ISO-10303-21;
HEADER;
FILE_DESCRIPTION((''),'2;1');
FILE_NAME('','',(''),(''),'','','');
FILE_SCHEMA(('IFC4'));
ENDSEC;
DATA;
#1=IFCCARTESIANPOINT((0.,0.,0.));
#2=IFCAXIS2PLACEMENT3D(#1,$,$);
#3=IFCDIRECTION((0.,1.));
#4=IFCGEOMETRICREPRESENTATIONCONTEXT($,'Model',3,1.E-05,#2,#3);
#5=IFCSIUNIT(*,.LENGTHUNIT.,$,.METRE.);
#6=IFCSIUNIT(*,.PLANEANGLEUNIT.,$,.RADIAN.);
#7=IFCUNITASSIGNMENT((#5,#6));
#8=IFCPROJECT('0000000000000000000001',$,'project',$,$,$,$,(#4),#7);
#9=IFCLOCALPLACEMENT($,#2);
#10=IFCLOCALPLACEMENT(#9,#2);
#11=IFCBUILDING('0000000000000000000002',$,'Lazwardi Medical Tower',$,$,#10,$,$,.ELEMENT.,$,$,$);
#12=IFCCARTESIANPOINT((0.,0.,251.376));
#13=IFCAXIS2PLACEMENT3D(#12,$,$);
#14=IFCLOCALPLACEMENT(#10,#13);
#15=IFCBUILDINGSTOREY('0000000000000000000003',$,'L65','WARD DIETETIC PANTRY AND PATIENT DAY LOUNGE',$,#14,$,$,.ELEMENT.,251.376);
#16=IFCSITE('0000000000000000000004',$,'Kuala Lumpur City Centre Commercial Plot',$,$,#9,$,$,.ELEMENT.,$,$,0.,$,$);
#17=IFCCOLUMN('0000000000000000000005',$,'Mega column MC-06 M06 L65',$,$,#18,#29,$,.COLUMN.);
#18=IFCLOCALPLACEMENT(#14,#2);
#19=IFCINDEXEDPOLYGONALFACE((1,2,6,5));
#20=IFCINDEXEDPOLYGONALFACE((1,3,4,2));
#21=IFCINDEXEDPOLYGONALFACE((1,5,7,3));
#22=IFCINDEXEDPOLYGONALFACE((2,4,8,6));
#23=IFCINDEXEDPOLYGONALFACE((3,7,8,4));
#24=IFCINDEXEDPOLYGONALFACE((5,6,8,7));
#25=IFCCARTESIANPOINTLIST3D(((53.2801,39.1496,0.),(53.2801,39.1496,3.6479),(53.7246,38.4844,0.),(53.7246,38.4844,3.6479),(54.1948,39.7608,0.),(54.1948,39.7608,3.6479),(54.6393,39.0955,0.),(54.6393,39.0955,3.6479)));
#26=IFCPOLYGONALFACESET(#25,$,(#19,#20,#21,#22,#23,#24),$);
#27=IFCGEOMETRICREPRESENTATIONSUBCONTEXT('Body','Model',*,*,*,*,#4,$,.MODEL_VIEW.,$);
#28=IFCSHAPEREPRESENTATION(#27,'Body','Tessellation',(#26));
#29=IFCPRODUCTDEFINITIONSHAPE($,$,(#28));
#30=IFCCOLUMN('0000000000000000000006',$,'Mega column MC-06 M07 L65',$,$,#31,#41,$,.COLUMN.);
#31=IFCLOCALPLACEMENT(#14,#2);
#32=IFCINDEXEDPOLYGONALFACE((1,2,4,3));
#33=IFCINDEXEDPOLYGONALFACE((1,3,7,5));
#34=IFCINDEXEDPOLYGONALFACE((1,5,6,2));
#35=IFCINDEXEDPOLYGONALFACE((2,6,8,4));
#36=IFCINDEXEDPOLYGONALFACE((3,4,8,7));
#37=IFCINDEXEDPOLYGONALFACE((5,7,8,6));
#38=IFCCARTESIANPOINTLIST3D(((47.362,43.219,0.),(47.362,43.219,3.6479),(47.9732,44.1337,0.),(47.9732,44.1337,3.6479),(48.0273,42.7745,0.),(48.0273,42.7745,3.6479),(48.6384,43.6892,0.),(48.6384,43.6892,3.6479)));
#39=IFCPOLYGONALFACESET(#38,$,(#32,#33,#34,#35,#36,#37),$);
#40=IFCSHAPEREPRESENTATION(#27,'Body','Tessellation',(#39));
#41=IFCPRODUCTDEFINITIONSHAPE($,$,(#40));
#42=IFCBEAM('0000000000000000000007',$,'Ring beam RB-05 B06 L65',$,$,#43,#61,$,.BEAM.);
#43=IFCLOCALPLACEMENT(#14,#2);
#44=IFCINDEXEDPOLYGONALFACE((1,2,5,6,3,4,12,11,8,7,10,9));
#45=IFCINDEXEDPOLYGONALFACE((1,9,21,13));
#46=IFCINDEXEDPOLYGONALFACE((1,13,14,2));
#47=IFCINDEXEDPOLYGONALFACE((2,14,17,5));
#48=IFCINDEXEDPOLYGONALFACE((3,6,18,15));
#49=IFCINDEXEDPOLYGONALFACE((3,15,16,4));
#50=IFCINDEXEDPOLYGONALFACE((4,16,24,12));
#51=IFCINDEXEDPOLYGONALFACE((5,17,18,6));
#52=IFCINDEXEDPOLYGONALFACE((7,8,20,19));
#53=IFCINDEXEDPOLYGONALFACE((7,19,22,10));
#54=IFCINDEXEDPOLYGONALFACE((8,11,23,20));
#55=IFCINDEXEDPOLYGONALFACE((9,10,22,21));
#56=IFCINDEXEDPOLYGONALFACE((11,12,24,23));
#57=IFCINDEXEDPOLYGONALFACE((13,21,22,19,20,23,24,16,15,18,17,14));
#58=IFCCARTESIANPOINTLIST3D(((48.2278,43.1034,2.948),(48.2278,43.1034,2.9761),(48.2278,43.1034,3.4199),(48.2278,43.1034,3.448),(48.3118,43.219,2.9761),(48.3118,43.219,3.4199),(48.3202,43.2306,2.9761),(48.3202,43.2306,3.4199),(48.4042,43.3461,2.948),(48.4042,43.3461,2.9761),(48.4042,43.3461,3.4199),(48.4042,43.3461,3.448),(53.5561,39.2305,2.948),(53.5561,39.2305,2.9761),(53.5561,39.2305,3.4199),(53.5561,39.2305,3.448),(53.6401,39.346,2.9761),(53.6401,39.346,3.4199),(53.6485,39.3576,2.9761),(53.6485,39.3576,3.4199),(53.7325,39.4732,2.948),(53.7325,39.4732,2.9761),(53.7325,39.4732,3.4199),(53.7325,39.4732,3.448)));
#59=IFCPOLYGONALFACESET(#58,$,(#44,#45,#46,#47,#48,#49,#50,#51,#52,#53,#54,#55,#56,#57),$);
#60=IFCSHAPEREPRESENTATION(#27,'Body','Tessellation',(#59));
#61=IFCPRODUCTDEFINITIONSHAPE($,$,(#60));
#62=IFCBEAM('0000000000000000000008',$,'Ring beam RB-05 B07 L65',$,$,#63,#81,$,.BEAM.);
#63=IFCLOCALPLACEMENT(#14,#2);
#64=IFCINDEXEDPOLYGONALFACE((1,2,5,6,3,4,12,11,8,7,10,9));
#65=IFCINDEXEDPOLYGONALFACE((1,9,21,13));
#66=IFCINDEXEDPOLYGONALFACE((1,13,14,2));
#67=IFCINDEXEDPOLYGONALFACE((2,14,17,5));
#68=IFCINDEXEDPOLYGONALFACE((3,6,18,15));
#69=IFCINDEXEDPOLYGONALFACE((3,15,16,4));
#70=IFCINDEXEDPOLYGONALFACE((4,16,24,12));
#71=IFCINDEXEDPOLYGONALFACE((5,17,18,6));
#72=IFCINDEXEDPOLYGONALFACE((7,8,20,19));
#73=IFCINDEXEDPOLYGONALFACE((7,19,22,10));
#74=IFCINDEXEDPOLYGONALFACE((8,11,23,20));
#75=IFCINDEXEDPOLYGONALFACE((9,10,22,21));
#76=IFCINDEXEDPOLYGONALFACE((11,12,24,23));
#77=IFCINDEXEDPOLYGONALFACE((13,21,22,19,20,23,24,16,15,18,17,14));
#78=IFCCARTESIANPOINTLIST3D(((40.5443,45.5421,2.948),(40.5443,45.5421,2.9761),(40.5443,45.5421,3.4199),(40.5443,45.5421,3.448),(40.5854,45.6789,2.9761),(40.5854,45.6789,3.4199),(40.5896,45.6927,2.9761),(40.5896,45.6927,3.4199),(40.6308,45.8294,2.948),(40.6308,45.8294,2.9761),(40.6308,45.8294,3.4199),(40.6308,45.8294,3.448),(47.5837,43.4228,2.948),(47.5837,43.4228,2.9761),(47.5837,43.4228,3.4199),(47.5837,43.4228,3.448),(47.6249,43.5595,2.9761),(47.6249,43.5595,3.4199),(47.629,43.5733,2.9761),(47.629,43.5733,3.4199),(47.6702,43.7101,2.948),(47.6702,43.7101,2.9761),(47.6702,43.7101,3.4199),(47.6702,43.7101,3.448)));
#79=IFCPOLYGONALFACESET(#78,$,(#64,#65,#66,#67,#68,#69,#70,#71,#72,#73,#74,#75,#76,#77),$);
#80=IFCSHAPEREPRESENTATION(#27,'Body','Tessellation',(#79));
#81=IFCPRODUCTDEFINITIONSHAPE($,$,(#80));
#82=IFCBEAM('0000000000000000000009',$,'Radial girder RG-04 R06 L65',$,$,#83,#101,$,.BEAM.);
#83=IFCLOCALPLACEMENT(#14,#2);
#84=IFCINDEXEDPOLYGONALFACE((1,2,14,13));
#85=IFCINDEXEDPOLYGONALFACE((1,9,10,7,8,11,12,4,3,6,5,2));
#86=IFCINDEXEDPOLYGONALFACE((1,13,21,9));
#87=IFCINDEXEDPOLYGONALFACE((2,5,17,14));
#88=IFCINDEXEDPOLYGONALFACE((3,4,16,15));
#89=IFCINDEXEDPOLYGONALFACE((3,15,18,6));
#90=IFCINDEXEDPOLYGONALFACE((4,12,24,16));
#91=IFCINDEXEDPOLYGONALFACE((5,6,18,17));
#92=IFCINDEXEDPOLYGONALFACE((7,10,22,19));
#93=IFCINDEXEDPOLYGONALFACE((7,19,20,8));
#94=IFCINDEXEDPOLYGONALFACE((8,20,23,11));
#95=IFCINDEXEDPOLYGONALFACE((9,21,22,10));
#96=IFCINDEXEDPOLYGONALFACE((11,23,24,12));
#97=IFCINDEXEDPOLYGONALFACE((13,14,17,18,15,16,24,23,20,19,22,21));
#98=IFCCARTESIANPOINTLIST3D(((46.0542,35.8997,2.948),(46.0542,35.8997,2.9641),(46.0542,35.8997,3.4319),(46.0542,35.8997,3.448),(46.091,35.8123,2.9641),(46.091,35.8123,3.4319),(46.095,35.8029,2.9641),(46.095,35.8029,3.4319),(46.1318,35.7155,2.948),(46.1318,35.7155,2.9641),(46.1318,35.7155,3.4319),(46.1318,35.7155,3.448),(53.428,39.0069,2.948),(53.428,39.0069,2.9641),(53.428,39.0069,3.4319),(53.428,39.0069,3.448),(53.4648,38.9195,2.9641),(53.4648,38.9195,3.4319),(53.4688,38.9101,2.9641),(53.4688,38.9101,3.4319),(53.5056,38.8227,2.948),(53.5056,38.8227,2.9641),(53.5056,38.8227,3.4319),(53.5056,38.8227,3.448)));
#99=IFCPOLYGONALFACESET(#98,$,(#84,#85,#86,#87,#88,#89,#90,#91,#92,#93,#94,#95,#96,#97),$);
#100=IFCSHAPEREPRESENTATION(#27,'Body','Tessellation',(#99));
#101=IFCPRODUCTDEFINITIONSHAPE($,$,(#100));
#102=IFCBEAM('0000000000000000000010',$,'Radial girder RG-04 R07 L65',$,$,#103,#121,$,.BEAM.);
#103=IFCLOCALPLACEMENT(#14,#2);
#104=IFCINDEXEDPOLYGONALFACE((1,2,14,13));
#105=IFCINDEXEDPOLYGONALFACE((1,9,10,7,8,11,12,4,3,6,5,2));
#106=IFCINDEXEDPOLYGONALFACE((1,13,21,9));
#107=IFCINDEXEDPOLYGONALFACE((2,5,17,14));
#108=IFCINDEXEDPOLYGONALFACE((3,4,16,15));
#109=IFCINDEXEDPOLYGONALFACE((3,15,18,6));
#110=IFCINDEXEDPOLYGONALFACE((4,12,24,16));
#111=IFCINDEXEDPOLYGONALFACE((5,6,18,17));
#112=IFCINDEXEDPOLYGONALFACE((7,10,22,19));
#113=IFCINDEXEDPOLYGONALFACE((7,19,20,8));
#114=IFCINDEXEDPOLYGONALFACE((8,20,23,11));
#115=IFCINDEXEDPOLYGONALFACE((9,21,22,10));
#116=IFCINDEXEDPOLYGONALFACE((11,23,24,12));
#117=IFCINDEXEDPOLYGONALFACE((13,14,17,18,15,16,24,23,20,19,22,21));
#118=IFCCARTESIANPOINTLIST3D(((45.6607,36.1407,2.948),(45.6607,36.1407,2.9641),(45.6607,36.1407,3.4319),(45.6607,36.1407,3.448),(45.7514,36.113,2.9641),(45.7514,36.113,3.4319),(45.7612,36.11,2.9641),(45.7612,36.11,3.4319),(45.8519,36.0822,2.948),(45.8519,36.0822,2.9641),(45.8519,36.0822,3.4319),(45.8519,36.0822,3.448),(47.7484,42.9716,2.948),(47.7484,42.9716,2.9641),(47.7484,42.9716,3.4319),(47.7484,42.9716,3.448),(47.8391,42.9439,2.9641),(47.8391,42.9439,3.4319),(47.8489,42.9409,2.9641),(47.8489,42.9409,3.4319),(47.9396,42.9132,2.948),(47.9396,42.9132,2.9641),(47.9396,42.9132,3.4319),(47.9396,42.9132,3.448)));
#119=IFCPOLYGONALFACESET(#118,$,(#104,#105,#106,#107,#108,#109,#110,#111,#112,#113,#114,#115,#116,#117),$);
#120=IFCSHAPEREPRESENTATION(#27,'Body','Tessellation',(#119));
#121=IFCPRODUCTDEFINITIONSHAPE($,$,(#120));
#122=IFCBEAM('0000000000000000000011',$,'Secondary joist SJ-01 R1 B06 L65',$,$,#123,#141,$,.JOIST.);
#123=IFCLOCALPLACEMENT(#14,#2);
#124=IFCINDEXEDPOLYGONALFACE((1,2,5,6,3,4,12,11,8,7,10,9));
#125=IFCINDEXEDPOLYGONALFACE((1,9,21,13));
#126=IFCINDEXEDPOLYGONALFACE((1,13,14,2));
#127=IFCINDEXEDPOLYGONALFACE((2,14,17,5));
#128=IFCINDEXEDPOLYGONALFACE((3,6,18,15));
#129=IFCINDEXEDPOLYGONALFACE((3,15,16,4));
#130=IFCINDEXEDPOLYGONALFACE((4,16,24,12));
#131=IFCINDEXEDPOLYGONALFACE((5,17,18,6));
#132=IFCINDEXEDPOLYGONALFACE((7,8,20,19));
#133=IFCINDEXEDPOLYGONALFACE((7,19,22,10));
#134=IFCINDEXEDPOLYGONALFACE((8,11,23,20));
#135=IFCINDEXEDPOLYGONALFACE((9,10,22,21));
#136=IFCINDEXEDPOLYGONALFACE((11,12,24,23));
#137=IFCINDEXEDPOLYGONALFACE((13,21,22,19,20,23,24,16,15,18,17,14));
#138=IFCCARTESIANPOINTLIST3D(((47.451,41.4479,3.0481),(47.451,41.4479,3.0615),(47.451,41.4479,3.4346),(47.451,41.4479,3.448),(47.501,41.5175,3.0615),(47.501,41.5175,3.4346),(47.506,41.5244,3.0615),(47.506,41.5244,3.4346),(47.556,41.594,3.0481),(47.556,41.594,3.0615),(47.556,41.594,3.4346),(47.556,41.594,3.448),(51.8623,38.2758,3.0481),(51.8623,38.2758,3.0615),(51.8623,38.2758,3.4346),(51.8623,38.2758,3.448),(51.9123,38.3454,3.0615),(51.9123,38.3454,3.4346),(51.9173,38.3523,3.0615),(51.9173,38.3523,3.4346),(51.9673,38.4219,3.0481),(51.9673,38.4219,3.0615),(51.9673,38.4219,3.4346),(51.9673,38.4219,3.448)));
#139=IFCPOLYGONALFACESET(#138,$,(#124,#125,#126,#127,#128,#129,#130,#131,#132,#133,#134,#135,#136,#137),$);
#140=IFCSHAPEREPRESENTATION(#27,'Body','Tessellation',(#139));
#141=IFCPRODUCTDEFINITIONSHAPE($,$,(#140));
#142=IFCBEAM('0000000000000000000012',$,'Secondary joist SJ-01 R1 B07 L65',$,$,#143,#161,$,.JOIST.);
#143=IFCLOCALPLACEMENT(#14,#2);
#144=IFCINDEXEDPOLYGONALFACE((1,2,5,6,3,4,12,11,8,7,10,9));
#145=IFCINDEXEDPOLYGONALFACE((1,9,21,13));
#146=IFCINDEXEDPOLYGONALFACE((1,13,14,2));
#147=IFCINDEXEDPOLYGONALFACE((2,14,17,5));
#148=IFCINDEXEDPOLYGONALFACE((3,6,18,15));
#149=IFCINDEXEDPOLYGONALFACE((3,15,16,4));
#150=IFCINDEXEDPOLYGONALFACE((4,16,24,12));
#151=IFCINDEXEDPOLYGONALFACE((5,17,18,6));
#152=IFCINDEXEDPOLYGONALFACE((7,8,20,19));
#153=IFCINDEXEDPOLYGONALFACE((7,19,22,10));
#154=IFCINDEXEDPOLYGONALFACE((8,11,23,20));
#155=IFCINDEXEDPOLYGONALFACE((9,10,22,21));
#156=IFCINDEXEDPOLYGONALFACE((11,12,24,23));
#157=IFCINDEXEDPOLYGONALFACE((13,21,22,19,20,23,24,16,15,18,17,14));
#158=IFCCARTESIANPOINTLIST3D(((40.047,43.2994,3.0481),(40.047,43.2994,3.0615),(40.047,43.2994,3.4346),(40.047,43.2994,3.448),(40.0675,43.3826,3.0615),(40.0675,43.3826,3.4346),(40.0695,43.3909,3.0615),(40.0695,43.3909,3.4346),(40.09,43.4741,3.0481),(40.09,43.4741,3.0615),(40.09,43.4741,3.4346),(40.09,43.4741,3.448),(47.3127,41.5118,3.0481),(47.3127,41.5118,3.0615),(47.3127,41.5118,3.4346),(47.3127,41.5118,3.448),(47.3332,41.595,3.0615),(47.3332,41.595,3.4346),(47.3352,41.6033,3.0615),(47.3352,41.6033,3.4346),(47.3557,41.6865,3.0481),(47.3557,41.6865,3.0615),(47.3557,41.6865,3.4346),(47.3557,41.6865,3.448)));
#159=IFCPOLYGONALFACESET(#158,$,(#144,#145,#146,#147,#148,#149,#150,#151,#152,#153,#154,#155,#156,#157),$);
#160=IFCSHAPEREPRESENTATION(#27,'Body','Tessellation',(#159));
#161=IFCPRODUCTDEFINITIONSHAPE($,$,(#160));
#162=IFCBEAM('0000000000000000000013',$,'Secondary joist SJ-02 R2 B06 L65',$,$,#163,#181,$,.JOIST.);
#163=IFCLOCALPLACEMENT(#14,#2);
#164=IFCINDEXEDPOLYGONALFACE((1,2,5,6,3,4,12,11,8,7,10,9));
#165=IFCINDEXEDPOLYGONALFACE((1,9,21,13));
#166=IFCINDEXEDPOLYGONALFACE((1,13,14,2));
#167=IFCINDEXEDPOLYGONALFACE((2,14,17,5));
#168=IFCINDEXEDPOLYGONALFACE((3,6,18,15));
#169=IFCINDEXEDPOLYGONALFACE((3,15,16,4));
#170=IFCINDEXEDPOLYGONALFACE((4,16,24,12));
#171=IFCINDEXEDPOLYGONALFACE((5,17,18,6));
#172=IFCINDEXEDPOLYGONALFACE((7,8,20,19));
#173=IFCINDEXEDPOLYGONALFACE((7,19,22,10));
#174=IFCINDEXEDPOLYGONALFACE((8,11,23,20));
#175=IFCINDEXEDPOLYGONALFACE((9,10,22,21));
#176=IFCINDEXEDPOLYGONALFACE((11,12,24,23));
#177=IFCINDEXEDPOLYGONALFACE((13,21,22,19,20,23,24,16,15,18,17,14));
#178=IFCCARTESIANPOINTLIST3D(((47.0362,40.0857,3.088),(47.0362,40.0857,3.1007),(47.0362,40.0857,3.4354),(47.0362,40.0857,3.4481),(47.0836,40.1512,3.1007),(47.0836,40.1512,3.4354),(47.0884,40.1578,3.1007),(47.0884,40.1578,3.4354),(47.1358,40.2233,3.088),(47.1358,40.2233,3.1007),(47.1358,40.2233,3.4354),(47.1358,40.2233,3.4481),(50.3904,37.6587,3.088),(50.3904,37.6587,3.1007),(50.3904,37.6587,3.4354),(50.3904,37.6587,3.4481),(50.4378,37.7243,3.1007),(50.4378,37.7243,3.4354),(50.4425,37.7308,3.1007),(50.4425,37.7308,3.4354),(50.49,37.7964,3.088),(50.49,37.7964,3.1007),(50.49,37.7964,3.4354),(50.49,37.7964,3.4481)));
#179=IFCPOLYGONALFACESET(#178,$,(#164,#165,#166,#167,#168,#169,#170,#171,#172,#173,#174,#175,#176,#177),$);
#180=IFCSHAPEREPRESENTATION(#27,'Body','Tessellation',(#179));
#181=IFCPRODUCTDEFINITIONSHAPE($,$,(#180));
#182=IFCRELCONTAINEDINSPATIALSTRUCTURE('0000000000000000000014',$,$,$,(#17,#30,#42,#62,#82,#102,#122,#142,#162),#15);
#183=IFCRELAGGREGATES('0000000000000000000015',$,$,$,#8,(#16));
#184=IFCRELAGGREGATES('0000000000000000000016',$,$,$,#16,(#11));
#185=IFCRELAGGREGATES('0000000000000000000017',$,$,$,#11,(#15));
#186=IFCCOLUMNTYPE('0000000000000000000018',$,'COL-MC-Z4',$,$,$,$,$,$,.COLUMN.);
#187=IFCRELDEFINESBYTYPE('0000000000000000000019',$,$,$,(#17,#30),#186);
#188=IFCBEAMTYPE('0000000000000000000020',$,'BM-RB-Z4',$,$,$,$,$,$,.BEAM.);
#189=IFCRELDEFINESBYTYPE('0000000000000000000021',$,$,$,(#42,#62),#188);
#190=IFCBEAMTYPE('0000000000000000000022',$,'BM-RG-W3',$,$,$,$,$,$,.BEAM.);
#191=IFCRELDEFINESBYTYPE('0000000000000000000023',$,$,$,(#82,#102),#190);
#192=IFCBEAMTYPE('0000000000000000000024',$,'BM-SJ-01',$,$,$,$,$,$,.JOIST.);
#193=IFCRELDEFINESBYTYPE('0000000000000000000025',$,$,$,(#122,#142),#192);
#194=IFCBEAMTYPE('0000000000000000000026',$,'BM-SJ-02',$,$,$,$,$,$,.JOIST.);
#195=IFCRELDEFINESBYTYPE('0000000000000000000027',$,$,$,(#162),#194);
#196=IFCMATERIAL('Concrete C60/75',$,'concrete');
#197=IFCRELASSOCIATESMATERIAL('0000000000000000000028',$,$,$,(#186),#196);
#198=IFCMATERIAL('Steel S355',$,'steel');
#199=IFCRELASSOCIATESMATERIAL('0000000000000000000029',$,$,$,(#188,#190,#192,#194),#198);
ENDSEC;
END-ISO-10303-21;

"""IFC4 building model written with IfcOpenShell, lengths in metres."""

from ifc_helpers import new_model, si_unit, direction, frame, origin, origin_2d, place, context, subcontext, project, spatial, rectangle, i_section, extrude, material, material_profile, profile_set, type_object, element, save


model = new_model("IFC4")

# Units and contexts
model_context = context("Model", 3, precision=1e-05, world=origin(), true_north=direction((0.0, 1.0)))
body_context = subcontext(model_context, "Body", "Model", "MODEL_VIEW")
ifc_project = project(units=[si_unit("LENGTHUNIT", "METRE"), si_unit("PLANEANGLEUNIT", "RADIAN")], contexts=[model_context])

# Site, building, storey
site_placement = place(None, origin())
site = spatial("IfcSite", under=ifc_project, at=site_placement, Name="Kuala Lumpur City Centre Commercial Plot", CompositionType="ELEMENT", RefElevation=0.0)
building_placement = place(site_placement, origin())
building = spatial("IfcBuilding", under=site, at=building_placement, Name="Lazwardi Medical Tower", CompositionType="ELEMENT")
storey_placement = place(building_placement, frame((0.0, 0.0, 251.376)))
storey = spatial("IfcBuildingStorey", under=building, at=storey_placement, Name="L65", Description="WARD DIETETIC PANTRY AND PATIENT DAY LOUNGE", CompositionType="ELEMENT", Elevation=251.376)

# Columns
ifc_material_1 = material(Name="Concrete C60/75", Category="concrete")
ifc_material_profile_1 = material_profile(ifc_material_1, rectangle(XDim=1.1001, YDim=0.8, at=origin_2d()), Name="CFT-RECT 1100x800")
ifc_profile_set_1 = profile_set([ifc_material_profile_1], Name="Concrete C60/75")
column_type = type_object("IfcColumnType", Name="COL-MC-Z4", PredefinedType="COLUMN", material=ifc_profile_set_1)
for number, where, z_axis, x_axis, name in (
    (1, (53.9597, 39.1226, 0.0), (0.0, 0.0, 1.0), (0.83147, 0.55557, 0.0), "Mega column MC-06 M06 L65"),
    (2, (48.0002, 43.4541, 0.0), (0.0, 0.0, 1.0), (0.55557, 0.83147, 0.0), "Mega column MC-06 M07 L65"),
):
    element("IfcColumn", number, at=place(storey_placement, frame(where, z_axis=z_axis, x_axis=x_axis)), inside=storey, type_object=column_type, Name=name, PredefinedType="COLUMN", context=body_context, shape_type="SweptSolid", body=[
        extrude(rectangle(XDim=1.1001, YDim=0.8, at=origin_2d()), origin(), (0.0, 0.0, 1.0), 3.6479),
    ])

# Beams
ifc_material_2 = material(Name="Steel S355", Category="steel")
ifc_material_profile_2 = material_profile(ifc_material_2, i_section(OverallWidth=0.3, OverallDepth=0.5, WebThickness=0.0144, FlangeThickness=0.0281, at=origin_2d()), Name="HEB 500")
ifc_profile_set_2 = profile_set([ifc_material_profile_2], Name="Steel S355")
beam_type_1 = type_object("IfcBeamType", Name="BM-RB-Z4", PredefinedType="BEAM", material=ifc_profile_set_2)
beam_1_placement = place(storey_placement, frame((53.6443, 39.3518, 3.198), z_axis=(-0.80889, 0.58796, 0.0), x_axis=(-0.58796, -0.80889, 0.0)))
element("IfcBeam", 3, at=beam_1_placement, inside=storey, type_object=beam_type_1, Name="Ring beam RB-05 B06 L65", PredefinedType="BEAM", context=body_context, shape_type="SweptSolid", body=[
    extrude(i_section(OverallWidth=0.3, OverallDepth=0.5, WebThickness=0.0144, FlangeThickness=0.0281, at=origin_2d()), origin(), (0.0, 0.0, 1.0), 6.5872),
])
beam_2_placement = place(storey_placement, frame((47.627, 43.5664, 3.198), z_axis=(-0.957544, 0.288286, 0.0), x_axis=(-0.288286, -0.957544, 0.0)))
element("IfcBeam", 4, at=beam_2_placement, inside=storey, type_object=beam_type_1, Name="Ring beam RB-05 B07 L65", PredefinedType="BEAM", context=body_context, shape_type="SweptSolid", body=[
    extrude(i_section(OverallWidth=0.3, OverallDepth=0.5, WebThickness=0.0144, FlangeThickness=0.0281, at=origin_2d()), origin(), (0.0, 0.0, 1.0), 7.3516),
])
ifc_material_profile_3 = material_profile(ifc_material_2, i_section(OverallWidth=0.2, OverallDepth=0.5, WebThickness=0.0103, FlangeThickness=0.0161, at=origin_2d()), Name="IPE 500")
ifc_profile_set_3 = profile_set([ifc_material_profile_3], Name="Steel S355")
beam_type_2 = type_object("IfcBeamType", Name="BM-RG-W3", PredefinedType="BEAM", material=ifc_profile_set_3)
beam_3_placement = place(storey_placement, frame((53.4668, 38.9148, 3.198), z_axis=(-0.921527, -0.388315, 0.0), x_axis=(0.388315, -0.921527, 0.0)))
element("IfcBeam", 5, at=beam_3_placement, inside=storey, type_object=beam_type_2, Name="Radial girder RG-04 R06 L65", PredefinedType="BEAM", context=body_context, shape_type="SweptSolid", body=[
    extrude(i_section(OverallWidth=0.2, OverallDepth=0.5, WebThickness=0.0103, FlangeThickness=0.0161, at=origin_2d()), origin(), (0.0, 0.0, 1.0), 8.0017),
])
beam_4_placement = place(storey_placement, frame((47.844, 42.9424, 3.198), z_axis=(-0.292277, -0.956334, 0.0), x_axis=(0.956334, -0.292277, 0.0)))
element("IfcBeam", 6, at=beam_4_placement, inside=storey, type_object=beam_type_2, Name="Radial girder RG-04 R07 L65", PredefinedType="BEAM", context=body_context, shape_type="SweptSolid", body=[
    extrude(i_section(OverallWidth=0.2, OverallDepth=0.5, WebThickness=0.0103, FlangeThickness=0.0161, at=origin_2d()), origin(), (0.0, 0.0, 1.0), 7.1428),
])
ifc_material_profile_4 = material_profile(ifc_material_2, i_section(OverallWidth=0.1799, OverallDepth=0.3999, WebThickness=0.0085, FlangeThickness=0.0134, at=origin_2d()), Name="IPE 400")
ifc_profile_set_4 = profile_set([ifc_material_profile_4], Name="Steel S355")
beam_type_3 = type_object("IfcBeamType", Name="BM-SJ-01", PredefinedType="JOIST", material=ifc_profile_set_4)
beam_5_placement = place(storey_placement, frame((51.9148, 38.3489, 3.248), z_axis=(-0.81189, 0.583811, 0.0), x_axis=(-0.583811, -0.81189, 0.0)))
element("IfcBeam", 7, at=beam_5_placement, inside=storey, type_object=beam_type_3, Name="Secondary joist SJ-01 R1 B06 L65", PredefinedType="JOIST", context=body_context, shape_type="SweptSolid", body=[
    extrude(i_section(OverallWidth=0.1799, OverallDepth=0.3999, WebThickness=0.0085, FlangeThickness=0.0134, at=origin_2d()), origin(), (0.0, 0.0, 1.0), 5.4333),
])
beam_6_placement = place(storey_placement, frame((47.3342, 41.5991, 3.248), z_axis=(-0.971042, 0.23891, 0.0), x_axis=(-0.23891, -0.971042, 0.0)))
element("IfcBeam", 8, at=beam_6_placement, inside=storey, type_object=beam_type_3, Name="Secondary joist SJ-01 R1 B07 L65", PredefinedType="JOIST", context=body_context, shape_type="SweptSolid", body=[
    extrude(i_section(OverallWidth=0.1799, OverallDepth=0.3999, WebThickness=0.0085, FlangeThickness=0.0134, at=origin_2d()), origin(), (0.0, 0.0, 1.0), 7.4824),
])
ifc_material_profile_5 = material_profile(ifc_material_2, i_section(OverallWidth=0.1699, OverallDepth=0.3601, WebThickness=0.0081, FlangeThickness=0.0127, at=origin_2d()), Name="IPE 360")
ifc_profile_set_5 = profile_set([ifc_material_profile_5], Name="Steel S355")
beam_type_4 = type_object("IfcBeamType", Name="BM-SJ-02", PredefinedType="JOIST", material=ifc_profile_set_5)
beam_7_placement = place(storey_placement, frame((50.4402, 37.7275, 3.2681), z_axis=(-0.810164, 0.586203, 0.0), x_axis=(-0.586203, -0.810164, 0.0)))
element("IfcBeam", 9, at=beam_7_placement, inside=storey, type_object=beam_type_4, Name="Secondary joist SJ-02 R2 B06 L65", PredefinedType="JOIST", context=body_context, shape_type="SweptSolid", body=[
    extrude(i_section(OverallWidth=0.1699, OverallDepth=0.3601, WebThickness=0.0081, FlangeThickness=0.0127, at=origin_2d()), origin(), (0.0, 0.0, 1.0), 4.1401),
])

save(model, "model.ifc")
